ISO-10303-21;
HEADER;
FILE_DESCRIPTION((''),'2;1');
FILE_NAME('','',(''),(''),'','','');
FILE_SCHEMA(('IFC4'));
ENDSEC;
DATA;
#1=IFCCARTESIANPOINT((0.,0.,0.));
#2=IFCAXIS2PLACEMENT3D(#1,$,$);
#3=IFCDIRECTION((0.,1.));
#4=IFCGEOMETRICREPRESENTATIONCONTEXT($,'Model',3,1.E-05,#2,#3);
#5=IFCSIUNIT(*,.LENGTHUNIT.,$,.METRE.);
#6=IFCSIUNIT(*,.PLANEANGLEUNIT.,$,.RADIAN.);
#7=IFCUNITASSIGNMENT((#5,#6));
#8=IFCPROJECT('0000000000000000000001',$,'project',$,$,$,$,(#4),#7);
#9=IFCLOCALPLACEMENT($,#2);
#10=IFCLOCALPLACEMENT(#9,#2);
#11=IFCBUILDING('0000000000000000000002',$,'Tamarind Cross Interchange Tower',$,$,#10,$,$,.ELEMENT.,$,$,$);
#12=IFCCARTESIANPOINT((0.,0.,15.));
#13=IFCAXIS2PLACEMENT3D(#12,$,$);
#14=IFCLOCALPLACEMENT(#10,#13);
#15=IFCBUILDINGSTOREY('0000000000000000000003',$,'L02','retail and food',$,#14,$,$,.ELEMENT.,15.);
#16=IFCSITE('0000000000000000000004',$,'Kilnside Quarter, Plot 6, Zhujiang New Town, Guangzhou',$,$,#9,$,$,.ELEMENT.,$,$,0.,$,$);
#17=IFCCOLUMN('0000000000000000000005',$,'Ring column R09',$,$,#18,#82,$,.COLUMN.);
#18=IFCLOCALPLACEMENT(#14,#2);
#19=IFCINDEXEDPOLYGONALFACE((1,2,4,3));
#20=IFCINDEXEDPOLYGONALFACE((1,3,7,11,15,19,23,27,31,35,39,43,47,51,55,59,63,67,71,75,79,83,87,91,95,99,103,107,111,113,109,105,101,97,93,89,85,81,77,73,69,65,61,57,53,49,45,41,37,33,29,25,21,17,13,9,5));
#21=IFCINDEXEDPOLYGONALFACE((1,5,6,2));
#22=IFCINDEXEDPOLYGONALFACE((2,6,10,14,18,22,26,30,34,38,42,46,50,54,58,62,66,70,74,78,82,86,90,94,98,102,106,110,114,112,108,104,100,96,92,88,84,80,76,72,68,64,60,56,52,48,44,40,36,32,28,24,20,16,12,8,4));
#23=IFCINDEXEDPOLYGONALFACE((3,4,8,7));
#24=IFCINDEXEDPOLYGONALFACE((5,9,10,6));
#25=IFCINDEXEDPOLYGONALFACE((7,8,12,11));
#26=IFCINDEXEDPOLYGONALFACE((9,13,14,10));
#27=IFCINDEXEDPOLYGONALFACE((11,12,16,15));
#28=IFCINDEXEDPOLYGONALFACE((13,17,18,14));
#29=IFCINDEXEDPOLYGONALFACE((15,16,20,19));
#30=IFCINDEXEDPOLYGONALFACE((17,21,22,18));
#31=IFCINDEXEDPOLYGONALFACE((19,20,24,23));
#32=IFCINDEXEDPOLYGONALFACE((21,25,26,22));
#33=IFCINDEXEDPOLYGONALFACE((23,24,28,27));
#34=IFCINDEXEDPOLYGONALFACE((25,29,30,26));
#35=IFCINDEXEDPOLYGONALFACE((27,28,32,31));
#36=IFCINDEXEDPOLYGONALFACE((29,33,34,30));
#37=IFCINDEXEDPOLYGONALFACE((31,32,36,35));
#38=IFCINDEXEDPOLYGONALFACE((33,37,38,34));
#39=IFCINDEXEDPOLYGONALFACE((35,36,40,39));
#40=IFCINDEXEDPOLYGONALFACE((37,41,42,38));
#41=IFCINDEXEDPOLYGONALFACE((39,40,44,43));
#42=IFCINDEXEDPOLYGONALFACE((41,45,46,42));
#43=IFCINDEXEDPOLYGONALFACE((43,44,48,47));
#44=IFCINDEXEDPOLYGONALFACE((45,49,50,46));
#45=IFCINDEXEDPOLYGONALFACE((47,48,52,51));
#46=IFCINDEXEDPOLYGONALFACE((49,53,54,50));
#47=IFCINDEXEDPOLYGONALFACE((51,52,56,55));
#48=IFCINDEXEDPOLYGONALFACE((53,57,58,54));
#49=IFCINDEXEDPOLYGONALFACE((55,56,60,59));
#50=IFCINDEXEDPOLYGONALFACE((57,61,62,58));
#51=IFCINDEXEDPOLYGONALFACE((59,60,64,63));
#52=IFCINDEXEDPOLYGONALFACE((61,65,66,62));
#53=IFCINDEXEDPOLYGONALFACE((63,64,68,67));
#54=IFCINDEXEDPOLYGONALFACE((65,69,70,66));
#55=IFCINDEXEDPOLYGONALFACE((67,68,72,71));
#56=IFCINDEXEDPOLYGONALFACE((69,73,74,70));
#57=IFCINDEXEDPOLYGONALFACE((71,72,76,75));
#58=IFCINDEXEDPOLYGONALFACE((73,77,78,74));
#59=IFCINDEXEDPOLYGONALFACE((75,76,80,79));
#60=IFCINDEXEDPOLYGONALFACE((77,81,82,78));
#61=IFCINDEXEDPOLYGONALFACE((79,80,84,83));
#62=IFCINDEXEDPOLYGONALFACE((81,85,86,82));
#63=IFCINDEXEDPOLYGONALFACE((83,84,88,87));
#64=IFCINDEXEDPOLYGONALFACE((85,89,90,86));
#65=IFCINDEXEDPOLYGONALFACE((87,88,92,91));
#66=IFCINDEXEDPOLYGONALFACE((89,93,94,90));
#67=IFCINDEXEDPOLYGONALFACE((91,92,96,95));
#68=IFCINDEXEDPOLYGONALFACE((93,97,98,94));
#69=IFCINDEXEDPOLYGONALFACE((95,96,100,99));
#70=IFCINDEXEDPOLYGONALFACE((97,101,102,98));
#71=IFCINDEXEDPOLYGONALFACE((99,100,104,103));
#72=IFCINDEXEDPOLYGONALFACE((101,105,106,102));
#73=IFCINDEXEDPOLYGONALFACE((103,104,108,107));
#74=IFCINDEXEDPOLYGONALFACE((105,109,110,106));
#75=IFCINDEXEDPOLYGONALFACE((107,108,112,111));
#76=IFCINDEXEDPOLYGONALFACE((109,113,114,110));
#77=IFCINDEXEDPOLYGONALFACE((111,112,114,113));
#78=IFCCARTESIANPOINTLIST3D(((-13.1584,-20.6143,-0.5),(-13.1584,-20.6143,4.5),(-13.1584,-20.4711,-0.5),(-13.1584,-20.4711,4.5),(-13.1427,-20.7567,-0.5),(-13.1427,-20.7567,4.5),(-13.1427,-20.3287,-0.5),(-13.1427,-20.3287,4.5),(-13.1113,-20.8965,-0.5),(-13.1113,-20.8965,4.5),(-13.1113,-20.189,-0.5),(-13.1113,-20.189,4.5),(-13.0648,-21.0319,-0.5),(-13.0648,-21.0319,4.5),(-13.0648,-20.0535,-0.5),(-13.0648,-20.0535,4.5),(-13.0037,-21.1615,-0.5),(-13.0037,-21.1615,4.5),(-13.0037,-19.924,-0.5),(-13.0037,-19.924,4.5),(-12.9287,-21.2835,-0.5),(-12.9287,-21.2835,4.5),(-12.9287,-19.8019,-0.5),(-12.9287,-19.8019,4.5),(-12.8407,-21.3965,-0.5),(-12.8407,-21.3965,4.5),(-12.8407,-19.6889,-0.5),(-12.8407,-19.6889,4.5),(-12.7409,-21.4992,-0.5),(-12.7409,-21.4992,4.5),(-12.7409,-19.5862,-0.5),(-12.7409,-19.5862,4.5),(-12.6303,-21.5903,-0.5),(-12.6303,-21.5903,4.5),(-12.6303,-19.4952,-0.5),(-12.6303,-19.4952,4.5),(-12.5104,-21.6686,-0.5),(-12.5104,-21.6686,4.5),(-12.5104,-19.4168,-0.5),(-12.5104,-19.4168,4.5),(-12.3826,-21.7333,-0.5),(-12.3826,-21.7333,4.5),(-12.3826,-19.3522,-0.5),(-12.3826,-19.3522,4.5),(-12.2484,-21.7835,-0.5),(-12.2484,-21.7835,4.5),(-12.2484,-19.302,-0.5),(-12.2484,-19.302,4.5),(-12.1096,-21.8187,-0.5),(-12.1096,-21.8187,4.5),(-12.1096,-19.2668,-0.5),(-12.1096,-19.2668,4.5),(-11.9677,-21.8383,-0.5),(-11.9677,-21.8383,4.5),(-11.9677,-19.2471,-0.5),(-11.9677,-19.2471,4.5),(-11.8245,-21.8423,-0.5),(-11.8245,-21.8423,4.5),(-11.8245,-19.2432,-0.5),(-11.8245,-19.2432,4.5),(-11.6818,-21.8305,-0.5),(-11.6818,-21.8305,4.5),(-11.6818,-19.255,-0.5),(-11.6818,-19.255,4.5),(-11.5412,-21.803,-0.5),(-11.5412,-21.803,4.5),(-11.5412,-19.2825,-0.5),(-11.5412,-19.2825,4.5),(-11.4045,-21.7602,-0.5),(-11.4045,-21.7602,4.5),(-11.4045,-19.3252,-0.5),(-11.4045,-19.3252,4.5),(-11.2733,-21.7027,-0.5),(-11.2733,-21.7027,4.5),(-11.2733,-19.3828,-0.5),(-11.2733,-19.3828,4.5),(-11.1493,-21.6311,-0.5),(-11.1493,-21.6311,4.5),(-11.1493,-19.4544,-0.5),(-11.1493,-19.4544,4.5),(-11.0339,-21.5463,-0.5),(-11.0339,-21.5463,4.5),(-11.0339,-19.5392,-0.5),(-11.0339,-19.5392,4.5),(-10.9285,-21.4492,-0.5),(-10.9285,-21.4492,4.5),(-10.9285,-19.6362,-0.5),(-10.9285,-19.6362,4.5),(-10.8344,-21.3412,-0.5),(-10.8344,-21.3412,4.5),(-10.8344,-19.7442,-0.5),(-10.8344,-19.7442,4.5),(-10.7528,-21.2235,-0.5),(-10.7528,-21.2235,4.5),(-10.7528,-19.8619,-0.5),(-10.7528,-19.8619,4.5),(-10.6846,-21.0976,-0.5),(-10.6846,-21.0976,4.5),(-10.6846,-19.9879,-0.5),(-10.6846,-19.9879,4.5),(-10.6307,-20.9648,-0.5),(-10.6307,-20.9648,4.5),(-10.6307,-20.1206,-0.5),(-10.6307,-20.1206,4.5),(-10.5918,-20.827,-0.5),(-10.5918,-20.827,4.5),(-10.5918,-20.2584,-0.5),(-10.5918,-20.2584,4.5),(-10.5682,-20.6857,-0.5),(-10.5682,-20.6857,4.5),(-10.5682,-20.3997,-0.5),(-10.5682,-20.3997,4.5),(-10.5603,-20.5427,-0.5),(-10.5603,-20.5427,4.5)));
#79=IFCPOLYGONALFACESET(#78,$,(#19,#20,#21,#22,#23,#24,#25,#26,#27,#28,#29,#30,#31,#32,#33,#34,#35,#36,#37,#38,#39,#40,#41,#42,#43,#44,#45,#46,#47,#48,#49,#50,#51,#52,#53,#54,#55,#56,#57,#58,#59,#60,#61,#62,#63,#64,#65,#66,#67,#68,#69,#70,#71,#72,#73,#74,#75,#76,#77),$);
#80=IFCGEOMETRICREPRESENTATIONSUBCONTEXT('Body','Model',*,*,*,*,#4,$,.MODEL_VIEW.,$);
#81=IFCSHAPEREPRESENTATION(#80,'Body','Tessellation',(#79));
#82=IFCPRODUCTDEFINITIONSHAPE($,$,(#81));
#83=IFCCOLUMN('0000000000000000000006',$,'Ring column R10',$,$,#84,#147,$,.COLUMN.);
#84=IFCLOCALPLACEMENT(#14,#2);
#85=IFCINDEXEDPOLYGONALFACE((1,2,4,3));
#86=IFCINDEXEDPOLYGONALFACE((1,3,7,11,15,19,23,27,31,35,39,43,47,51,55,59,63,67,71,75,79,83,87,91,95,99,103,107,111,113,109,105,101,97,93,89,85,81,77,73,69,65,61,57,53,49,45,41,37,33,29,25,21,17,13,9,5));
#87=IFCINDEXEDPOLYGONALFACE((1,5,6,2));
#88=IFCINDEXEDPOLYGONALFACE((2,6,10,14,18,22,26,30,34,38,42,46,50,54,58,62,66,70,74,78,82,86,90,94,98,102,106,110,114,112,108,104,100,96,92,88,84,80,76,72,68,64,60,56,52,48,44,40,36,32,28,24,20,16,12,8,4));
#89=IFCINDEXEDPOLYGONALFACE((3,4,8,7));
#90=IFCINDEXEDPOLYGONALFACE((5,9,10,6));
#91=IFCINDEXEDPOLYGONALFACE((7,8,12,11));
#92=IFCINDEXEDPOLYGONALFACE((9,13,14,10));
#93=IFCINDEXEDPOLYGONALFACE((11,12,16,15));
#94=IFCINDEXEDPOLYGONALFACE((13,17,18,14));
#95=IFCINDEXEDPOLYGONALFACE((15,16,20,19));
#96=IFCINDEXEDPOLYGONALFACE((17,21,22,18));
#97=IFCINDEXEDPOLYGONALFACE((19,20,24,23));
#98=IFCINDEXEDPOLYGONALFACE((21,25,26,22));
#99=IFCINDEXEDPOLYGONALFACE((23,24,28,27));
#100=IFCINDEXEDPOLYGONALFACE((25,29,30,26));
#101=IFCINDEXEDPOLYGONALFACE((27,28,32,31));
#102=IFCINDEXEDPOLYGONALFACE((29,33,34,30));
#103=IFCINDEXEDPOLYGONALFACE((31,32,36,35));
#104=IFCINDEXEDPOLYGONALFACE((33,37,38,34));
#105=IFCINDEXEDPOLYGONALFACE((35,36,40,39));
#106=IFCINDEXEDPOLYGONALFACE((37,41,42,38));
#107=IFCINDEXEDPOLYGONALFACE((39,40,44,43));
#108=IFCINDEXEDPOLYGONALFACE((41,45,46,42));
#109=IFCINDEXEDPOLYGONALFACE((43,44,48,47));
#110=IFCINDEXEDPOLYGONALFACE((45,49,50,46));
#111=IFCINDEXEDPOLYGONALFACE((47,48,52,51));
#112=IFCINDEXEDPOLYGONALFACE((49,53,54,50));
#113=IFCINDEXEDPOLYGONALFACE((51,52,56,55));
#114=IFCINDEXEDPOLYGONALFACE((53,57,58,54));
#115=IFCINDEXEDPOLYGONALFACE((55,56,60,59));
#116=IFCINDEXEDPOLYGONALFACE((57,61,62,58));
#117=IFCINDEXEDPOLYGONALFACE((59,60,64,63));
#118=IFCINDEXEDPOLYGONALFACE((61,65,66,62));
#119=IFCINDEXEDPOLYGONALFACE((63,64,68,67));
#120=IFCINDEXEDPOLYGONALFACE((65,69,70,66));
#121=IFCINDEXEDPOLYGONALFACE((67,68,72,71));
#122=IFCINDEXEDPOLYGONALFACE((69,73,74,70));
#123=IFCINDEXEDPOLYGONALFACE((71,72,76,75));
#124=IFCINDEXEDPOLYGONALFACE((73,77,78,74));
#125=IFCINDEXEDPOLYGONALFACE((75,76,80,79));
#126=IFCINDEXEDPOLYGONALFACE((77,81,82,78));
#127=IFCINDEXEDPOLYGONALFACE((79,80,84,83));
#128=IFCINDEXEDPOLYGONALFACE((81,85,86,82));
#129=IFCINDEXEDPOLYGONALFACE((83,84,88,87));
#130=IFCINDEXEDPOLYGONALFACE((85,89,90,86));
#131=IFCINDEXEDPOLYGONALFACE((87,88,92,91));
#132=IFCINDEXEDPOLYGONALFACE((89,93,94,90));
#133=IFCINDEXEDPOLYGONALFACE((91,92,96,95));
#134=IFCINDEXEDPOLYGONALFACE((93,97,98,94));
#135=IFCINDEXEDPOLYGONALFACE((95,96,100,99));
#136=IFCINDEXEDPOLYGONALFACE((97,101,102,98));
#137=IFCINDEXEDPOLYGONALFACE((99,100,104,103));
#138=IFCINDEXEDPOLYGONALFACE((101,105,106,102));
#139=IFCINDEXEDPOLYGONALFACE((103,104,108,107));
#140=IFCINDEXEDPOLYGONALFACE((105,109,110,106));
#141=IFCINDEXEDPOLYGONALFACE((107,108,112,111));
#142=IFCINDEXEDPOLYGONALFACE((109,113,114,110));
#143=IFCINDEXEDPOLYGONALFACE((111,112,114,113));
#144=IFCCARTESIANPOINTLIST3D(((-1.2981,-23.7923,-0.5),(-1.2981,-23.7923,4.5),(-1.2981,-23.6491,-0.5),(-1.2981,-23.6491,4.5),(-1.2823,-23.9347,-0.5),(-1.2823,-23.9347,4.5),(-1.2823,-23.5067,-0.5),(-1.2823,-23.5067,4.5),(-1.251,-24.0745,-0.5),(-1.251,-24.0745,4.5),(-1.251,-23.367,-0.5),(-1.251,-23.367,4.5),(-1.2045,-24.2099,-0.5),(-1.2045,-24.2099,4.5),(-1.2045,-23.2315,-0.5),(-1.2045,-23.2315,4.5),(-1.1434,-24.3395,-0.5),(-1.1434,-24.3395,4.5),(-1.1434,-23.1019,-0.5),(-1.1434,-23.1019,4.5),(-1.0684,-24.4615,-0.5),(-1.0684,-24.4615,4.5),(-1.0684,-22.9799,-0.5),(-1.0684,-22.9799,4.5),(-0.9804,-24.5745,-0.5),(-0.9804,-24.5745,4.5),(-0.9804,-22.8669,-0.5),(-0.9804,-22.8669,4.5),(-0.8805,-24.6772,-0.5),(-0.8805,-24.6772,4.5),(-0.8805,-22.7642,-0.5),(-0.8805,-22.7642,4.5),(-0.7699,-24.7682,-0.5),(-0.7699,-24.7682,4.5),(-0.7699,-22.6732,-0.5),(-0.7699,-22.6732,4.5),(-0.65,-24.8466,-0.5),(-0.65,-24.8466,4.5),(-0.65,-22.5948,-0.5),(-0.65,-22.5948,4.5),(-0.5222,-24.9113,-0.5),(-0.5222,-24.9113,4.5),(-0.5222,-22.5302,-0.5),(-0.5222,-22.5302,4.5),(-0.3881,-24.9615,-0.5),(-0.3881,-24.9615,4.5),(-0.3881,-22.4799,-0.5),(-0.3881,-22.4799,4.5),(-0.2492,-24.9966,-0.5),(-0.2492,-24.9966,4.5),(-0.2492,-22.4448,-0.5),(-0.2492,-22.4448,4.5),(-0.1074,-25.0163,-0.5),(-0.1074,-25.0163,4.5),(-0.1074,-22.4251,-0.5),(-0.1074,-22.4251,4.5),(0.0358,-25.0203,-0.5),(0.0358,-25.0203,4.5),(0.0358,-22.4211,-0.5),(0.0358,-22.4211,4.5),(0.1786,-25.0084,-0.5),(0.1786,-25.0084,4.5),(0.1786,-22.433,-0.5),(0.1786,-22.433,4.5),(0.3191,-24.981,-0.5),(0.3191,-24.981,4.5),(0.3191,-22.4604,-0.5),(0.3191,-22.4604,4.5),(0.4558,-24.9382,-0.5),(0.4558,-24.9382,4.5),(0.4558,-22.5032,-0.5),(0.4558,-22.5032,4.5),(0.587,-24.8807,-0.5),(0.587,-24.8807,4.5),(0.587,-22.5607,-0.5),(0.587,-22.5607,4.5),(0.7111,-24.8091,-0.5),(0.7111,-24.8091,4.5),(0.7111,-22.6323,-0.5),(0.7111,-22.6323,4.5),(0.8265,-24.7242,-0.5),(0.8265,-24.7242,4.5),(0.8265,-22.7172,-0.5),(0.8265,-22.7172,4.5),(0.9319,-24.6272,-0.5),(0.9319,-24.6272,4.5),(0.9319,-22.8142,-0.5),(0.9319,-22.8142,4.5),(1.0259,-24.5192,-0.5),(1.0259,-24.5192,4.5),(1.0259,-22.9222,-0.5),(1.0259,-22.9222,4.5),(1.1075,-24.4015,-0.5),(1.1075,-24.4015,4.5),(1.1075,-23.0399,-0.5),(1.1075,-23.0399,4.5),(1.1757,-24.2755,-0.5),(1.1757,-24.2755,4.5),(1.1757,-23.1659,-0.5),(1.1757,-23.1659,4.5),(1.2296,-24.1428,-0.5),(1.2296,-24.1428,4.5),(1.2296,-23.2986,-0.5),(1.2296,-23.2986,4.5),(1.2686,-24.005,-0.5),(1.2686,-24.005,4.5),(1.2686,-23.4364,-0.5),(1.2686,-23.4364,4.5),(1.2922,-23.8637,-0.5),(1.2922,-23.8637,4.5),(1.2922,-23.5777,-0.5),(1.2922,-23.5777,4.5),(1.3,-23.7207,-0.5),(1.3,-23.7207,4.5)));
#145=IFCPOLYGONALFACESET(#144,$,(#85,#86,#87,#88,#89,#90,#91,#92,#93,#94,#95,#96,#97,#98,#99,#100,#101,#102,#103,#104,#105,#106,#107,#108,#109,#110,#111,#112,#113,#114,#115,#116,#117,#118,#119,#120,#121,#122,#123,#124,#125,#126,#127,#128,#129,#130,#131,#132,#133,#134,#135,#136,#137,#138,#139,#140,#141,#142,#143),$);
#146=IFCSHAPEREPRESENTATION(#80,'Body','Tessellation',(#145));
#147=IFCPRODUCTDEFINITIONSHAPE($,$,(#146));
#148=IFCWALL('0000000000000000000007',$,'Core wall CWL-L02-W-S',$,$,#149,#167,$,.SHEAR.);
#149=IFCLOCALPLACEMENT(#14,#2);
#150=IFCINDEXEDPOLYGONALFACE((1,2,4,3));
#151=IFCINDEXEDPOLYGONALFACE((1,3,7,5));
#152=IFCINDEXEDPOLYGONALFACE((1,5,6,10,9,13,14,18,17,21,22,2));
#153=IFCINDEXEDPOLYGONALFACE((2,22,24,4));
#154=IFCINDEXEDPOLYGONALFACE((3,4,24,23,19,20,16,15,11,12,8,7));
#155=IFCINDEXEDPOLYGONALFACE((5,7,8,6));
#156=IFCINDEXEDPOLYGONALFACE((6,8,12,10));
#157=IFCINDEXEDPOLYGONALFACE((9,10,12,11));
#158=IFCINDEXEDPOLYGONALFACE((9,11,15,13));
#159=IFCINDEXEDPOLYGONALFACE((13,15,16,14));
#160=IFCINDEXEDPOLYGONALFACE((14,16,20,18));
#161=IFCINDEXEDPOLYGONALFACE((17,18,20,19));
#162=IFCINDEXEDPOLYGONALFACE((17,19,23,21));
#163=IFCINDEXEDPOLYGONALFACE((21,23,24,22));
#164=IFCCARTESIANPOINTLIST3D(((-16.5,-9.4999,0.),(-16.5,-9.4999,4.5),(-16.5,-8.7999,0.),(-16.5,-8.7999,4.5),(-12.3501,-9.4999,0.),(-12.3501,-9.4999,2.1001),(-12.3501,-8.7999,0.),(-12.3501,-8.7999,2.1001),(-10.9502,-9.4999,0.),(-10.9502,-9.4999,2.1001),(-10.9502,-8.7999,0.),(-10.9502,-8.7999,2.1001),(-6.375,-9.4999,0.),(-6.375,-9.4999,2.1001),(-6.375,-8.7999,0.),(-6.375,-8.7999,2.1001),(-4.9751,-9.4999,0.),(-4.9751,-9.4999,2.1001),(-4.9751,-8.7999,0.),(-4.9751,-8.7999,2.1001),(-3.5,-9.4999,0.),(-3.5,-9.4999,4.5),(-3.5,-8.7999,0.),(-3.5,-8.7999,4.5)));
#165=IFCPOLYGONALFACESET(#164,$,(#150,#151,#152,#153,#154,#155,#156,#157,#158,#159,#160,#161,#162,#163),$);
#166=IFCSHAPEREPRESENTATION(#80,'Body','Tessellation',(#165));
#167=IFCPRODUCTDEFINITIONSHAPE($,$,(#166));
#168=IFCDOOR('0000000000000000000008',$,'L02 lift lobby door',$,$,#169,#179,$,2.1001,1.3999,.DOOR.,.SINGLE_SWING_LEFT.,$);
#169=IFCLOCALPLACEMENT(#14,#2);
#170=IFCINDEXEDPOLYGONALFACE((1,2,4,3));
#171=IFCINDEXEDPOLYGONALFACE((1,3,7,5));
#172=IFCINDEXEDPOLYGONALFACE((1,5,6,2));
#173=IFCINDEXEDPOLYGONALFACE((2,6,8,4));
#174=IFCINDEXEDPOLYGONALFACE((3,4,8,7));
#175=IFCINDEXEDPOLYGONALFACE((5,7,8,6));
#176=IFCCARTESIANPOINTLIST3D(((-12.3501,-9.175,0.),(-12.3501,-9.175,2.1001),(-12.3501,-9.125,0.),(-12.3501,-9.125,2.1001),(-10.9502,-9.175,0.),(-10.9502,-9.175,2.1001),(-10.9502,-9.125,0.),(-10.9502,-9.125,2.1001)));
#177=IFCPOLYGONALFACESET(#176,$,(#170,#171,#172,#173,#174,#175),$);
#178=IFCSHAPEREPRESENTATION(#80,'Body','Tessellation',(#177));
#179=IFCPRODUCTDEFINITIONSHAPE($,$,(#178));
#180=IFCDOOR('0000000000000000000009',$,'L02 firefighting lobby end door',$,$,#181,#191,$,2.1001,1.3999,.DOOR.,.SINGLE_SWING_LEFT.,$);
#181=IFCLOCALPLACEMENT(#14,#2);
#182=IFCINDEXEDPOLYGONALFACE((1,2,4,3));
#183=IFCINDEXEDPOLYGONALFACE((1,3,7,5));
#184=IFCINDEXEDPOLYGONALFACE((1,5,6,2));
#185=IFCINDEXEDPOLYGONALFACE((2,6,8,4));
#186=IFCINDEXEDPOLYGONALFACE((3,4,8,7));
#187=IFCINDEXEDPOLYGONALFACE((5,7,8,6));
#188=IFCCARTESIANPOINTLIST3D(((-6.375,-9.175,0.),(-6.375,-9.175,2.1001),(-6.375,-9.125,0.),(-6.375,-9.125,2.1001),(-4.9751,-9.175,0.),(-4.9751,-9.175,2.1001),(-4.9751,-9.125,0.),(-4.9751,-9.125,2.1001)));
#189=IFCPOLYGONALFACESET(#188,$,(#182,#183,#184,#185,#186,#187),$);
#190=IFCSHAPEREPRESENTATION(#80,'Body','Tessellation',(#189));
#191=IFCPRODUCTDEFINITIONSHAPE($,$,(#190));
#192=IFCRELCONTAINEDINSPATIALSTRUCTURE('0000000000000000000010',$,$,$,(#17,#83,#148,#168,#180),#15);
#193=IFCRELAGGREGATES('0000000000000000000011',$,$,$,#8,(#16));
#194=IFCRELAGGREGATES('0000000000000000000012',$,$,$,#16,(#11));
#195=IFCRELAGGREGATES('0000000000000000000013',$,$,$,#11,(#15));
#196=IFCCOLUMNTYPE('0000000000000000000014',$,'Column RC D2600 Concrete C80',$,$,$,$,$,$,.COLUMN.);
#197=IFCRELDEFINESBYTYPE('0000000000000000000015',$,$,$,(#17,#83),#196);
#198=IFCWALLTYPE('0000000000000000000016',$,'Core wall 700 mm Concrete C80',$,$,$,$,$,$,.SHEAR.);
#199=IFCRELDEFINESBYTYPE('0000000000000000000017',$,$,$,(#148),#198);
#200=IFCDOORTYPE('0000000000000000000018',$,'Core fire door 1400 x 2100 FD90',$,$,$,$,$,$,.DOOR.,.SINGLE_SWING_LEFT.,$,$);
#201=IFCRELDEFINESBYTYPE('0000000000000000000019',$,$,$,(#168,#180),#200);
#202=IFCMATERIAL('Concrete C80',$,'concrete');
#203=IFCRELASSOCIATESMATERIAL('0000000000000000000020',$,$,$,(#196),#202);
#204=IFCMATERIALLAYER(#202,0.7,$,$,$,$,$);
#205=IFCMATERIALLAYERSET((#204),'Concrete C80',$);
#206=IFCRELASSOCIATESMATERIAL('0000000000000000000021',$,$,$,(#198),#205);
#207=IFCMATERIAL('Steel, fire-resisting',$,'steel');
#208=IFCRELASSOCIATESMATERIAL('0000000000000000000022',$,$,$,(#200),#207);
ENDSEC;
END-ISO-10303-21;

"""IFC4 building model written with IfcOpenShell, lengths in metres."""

from ifc_helpers import new_model, si_unit, direction, frame, frame_2d, origin, origin_2d, place, context, subcontext, project, spatial, rectangle, circle, extrude, material, layer, layer_set, material_profile, profile_set, type_object, element, fill, save


model = new_model("IFC4")

# Units and contexts
model_context = context("Model", 3, precision=1e-05, world=origin(), true_north=direction((0.0, 1.0)))
body_context = subcontext(model_context, "Body", "Model", "MODEL_VIEW")
ifc_project = project(units=[si_unit("LENGTHUNIT", "METRE"), si_unit("PLANEANGLEUNIT", "RADIAN")], contexts=[model_context])

# Site, building, storey
site_placement = place(None, origin())
site = spatial("IfcSite", under=ifc_project, at=site_placement, Name="Kilnside Quarter, Plot 6, Zhujiang New Town, Guangzhou", CompositionType="ELEMENT", RefElevation=0.0)
building_placement = place(site_placement, origin())
building = spatial("IfcBuilding", under=site, at=building_placement, Name="Tamarind Cross Interchange Tower", CompositionType="ELEMENT")
storey_placement = place(building_placement, frame((0.0, 0.0, 15.0)))
storey = spatial("IfcBuildingStorey", under=building, at=storey_placement, Name="L02", Description="retail and food", CompositionType="ELEMENT", Elevation=15.0)

# Columns
ifc_material_1 = material(Name="Concrete C80", Category="concrete")
ifc_material_profile = material_profile(ifc_material_1, circle(Radius=1.3, at=origin_2d()), Name="RC D2600")
ifc_profile_set = profile_set([ifc_material_profile], Name="Concrete C80")
column_type = type_object("IfcColumnType", Name="Column RC D2600 Concrete C80", PredefinedType="COLUMN", material=ifc_profile_set)
for number, where, z_axis, x_axis, name in (
    (1, (-11.8604, -20.5427, -0.5), (0.0, 0.0, 1.0), (1.0, 0.0, 0.0), "Ring column R09"),
    (2, (0.0, -23.7207, -0.5), (0.0, 0.0, 1.0), (1.0, 0.0, 0.0), "Ring column R10"),
):
    element("IfcColumn", number, at=place(storey_placement, frame(where, z_axis=z_axis, x_axis=x_axis)), inside=storey, type_object=column_type, Name=name, PredefinedType="COLUMN", context=body_context, shape_type="SweptSolid", body=[
        extrude(circle(Radius=1.3, at=origin_2d()), origin(), (0.0, 0.0, 1.0), 5.0),
    ])

# Wall, openings, doors
ifc_layer_1 = layer(ifc_material_1, 0.7)
ifc_layer_set_1 = layer_set([ifc_layer_1], Name="Concrete C80")
wall_type_1 = type_object("IfcWallType", Name="Core wall 700 mm Concrete C80", PredefinedType="SHEAR", material=ifc_layer_set_1)
wall_1_placement = place(storey_placement, frame((-16.5, -9.1499, 0.0), z_axis=(0.0, 0.0, 1.0), x_axis=(1.0, 0.0, 0.0)))
wall_1 = element("IfcWall", 3, at=wall_1_placement, inside=storey, type_object=wall_type_1, Name="Core wall CWL-L02-W-S", PredefinedType="SHEAR", context=body_context, shape_type="SweptSolid", body=[
    extrude(rectangle(XDim=13.0, YDim=0.7, at=frame_2d((6.5, 0.0))), origin(), (0.0, 0.0, 1.0), 4.5),
])
opening_1_placement = place(wall_1_placement, frame((4.1499, 0.0, 0.0)))
opening_1 = element("IfcOpeningElement", 4, at=opening_1_placement, cuts=wall_1, PredefinedType="OPENING", context=body_context, shape_type="SweptSolid", body=[
    extrude(rectangle(XDim=1.3999, YDim=2.1001, at=frame_2d((0.7, 1.05))), frame((0.0, 0.3599, 0.0), z_axis=(0.0, -1.0, 0.0), x_axis=(1.0, 0.0, 0.0)), (0.0, 0.0, 1.0), 0.72),
])
opening_2_placement = place(wall_1_placement, frame((10.125, 0.0, 0.0)))
opening_2 = element("IfcOpeningElement", 5, at=opening_2_placement, cuts=wall_1, PredefinedType="OPENING", context=body_context, shape_type="SweptSolid", body=[
    extrude(rectangle(XDim=1.3999, YDim=2.1001, at=frame_2d((0.7, 1.05))), frame((0.0, 0.3599, 0.0), z_axis=(0.0, -1.0, 0.0), x_axis=(1.0, 0.0, 0.0)), (0.0, 0.0, 1.0), 0.72),
])
ifc_material_2 = material(Name="Steel, fire-resisting", Category="steel")
door_type_1 = type_object("IfcDoorType", Name="Core fire door 1400 x 2100 FD90", OperationType="SINGLE_SWING_LEFT", PredefinedType="DOOR", material=ifc_material_2)
door_1_placement = place(opening_1_placement, origin())
door_1 = element("IfcDoor", 6, at=door_1_placement, inside=storey, type_object=door_type_1, Name="L02 lift lobby door", OperationType="SINGLE_SWING_LEFT", OverallHeight=2.1001, OverallWidth=1.3999, PredefinedType="DOOR", context=body_context, shape_type="SweptSolid", body=[
    extrude(rectangle(XDim=1.3999, YDim=2.1001, at=frame_2d((0.7, 1.05))), frame((0.0, 0.0249, 0.0), z_axis=(0.0, -1.0, 0.0), x_axis=(1.0, 0.0, 0.0)), (0.0, 0.0, 1.0), 0.05),
])
fill(opening_1, door_1)
door_2_placement = place(opening_2_placement, origin())
door_2 = element("IfcDoor", 7, at=door_2_placement, inside=storey, type_object=door_type_1, Name="L02 firefighting lobby end door", OperationType="SINGLE_SWING_LEFT", OverallHeight=2.1001, OverallWidth=1.3999, PredefinedType="DOOR", context=body_context, shape_type="SweptSolid", body=[
    extrude(rectangle(XDim=1.3999, YDim=2.1001, at=frame_2d((0.7, 1.05))), frame((0.0, 0.0249, 0.0), z_axis=(0.0, -1.0, 0.0), x_axis=(1.0, 0.0, 0.0)), (0.0, 0.0, 1.0), 0.05),
])
fill(opening_2, door_2)

save(model, "model.ifc")
